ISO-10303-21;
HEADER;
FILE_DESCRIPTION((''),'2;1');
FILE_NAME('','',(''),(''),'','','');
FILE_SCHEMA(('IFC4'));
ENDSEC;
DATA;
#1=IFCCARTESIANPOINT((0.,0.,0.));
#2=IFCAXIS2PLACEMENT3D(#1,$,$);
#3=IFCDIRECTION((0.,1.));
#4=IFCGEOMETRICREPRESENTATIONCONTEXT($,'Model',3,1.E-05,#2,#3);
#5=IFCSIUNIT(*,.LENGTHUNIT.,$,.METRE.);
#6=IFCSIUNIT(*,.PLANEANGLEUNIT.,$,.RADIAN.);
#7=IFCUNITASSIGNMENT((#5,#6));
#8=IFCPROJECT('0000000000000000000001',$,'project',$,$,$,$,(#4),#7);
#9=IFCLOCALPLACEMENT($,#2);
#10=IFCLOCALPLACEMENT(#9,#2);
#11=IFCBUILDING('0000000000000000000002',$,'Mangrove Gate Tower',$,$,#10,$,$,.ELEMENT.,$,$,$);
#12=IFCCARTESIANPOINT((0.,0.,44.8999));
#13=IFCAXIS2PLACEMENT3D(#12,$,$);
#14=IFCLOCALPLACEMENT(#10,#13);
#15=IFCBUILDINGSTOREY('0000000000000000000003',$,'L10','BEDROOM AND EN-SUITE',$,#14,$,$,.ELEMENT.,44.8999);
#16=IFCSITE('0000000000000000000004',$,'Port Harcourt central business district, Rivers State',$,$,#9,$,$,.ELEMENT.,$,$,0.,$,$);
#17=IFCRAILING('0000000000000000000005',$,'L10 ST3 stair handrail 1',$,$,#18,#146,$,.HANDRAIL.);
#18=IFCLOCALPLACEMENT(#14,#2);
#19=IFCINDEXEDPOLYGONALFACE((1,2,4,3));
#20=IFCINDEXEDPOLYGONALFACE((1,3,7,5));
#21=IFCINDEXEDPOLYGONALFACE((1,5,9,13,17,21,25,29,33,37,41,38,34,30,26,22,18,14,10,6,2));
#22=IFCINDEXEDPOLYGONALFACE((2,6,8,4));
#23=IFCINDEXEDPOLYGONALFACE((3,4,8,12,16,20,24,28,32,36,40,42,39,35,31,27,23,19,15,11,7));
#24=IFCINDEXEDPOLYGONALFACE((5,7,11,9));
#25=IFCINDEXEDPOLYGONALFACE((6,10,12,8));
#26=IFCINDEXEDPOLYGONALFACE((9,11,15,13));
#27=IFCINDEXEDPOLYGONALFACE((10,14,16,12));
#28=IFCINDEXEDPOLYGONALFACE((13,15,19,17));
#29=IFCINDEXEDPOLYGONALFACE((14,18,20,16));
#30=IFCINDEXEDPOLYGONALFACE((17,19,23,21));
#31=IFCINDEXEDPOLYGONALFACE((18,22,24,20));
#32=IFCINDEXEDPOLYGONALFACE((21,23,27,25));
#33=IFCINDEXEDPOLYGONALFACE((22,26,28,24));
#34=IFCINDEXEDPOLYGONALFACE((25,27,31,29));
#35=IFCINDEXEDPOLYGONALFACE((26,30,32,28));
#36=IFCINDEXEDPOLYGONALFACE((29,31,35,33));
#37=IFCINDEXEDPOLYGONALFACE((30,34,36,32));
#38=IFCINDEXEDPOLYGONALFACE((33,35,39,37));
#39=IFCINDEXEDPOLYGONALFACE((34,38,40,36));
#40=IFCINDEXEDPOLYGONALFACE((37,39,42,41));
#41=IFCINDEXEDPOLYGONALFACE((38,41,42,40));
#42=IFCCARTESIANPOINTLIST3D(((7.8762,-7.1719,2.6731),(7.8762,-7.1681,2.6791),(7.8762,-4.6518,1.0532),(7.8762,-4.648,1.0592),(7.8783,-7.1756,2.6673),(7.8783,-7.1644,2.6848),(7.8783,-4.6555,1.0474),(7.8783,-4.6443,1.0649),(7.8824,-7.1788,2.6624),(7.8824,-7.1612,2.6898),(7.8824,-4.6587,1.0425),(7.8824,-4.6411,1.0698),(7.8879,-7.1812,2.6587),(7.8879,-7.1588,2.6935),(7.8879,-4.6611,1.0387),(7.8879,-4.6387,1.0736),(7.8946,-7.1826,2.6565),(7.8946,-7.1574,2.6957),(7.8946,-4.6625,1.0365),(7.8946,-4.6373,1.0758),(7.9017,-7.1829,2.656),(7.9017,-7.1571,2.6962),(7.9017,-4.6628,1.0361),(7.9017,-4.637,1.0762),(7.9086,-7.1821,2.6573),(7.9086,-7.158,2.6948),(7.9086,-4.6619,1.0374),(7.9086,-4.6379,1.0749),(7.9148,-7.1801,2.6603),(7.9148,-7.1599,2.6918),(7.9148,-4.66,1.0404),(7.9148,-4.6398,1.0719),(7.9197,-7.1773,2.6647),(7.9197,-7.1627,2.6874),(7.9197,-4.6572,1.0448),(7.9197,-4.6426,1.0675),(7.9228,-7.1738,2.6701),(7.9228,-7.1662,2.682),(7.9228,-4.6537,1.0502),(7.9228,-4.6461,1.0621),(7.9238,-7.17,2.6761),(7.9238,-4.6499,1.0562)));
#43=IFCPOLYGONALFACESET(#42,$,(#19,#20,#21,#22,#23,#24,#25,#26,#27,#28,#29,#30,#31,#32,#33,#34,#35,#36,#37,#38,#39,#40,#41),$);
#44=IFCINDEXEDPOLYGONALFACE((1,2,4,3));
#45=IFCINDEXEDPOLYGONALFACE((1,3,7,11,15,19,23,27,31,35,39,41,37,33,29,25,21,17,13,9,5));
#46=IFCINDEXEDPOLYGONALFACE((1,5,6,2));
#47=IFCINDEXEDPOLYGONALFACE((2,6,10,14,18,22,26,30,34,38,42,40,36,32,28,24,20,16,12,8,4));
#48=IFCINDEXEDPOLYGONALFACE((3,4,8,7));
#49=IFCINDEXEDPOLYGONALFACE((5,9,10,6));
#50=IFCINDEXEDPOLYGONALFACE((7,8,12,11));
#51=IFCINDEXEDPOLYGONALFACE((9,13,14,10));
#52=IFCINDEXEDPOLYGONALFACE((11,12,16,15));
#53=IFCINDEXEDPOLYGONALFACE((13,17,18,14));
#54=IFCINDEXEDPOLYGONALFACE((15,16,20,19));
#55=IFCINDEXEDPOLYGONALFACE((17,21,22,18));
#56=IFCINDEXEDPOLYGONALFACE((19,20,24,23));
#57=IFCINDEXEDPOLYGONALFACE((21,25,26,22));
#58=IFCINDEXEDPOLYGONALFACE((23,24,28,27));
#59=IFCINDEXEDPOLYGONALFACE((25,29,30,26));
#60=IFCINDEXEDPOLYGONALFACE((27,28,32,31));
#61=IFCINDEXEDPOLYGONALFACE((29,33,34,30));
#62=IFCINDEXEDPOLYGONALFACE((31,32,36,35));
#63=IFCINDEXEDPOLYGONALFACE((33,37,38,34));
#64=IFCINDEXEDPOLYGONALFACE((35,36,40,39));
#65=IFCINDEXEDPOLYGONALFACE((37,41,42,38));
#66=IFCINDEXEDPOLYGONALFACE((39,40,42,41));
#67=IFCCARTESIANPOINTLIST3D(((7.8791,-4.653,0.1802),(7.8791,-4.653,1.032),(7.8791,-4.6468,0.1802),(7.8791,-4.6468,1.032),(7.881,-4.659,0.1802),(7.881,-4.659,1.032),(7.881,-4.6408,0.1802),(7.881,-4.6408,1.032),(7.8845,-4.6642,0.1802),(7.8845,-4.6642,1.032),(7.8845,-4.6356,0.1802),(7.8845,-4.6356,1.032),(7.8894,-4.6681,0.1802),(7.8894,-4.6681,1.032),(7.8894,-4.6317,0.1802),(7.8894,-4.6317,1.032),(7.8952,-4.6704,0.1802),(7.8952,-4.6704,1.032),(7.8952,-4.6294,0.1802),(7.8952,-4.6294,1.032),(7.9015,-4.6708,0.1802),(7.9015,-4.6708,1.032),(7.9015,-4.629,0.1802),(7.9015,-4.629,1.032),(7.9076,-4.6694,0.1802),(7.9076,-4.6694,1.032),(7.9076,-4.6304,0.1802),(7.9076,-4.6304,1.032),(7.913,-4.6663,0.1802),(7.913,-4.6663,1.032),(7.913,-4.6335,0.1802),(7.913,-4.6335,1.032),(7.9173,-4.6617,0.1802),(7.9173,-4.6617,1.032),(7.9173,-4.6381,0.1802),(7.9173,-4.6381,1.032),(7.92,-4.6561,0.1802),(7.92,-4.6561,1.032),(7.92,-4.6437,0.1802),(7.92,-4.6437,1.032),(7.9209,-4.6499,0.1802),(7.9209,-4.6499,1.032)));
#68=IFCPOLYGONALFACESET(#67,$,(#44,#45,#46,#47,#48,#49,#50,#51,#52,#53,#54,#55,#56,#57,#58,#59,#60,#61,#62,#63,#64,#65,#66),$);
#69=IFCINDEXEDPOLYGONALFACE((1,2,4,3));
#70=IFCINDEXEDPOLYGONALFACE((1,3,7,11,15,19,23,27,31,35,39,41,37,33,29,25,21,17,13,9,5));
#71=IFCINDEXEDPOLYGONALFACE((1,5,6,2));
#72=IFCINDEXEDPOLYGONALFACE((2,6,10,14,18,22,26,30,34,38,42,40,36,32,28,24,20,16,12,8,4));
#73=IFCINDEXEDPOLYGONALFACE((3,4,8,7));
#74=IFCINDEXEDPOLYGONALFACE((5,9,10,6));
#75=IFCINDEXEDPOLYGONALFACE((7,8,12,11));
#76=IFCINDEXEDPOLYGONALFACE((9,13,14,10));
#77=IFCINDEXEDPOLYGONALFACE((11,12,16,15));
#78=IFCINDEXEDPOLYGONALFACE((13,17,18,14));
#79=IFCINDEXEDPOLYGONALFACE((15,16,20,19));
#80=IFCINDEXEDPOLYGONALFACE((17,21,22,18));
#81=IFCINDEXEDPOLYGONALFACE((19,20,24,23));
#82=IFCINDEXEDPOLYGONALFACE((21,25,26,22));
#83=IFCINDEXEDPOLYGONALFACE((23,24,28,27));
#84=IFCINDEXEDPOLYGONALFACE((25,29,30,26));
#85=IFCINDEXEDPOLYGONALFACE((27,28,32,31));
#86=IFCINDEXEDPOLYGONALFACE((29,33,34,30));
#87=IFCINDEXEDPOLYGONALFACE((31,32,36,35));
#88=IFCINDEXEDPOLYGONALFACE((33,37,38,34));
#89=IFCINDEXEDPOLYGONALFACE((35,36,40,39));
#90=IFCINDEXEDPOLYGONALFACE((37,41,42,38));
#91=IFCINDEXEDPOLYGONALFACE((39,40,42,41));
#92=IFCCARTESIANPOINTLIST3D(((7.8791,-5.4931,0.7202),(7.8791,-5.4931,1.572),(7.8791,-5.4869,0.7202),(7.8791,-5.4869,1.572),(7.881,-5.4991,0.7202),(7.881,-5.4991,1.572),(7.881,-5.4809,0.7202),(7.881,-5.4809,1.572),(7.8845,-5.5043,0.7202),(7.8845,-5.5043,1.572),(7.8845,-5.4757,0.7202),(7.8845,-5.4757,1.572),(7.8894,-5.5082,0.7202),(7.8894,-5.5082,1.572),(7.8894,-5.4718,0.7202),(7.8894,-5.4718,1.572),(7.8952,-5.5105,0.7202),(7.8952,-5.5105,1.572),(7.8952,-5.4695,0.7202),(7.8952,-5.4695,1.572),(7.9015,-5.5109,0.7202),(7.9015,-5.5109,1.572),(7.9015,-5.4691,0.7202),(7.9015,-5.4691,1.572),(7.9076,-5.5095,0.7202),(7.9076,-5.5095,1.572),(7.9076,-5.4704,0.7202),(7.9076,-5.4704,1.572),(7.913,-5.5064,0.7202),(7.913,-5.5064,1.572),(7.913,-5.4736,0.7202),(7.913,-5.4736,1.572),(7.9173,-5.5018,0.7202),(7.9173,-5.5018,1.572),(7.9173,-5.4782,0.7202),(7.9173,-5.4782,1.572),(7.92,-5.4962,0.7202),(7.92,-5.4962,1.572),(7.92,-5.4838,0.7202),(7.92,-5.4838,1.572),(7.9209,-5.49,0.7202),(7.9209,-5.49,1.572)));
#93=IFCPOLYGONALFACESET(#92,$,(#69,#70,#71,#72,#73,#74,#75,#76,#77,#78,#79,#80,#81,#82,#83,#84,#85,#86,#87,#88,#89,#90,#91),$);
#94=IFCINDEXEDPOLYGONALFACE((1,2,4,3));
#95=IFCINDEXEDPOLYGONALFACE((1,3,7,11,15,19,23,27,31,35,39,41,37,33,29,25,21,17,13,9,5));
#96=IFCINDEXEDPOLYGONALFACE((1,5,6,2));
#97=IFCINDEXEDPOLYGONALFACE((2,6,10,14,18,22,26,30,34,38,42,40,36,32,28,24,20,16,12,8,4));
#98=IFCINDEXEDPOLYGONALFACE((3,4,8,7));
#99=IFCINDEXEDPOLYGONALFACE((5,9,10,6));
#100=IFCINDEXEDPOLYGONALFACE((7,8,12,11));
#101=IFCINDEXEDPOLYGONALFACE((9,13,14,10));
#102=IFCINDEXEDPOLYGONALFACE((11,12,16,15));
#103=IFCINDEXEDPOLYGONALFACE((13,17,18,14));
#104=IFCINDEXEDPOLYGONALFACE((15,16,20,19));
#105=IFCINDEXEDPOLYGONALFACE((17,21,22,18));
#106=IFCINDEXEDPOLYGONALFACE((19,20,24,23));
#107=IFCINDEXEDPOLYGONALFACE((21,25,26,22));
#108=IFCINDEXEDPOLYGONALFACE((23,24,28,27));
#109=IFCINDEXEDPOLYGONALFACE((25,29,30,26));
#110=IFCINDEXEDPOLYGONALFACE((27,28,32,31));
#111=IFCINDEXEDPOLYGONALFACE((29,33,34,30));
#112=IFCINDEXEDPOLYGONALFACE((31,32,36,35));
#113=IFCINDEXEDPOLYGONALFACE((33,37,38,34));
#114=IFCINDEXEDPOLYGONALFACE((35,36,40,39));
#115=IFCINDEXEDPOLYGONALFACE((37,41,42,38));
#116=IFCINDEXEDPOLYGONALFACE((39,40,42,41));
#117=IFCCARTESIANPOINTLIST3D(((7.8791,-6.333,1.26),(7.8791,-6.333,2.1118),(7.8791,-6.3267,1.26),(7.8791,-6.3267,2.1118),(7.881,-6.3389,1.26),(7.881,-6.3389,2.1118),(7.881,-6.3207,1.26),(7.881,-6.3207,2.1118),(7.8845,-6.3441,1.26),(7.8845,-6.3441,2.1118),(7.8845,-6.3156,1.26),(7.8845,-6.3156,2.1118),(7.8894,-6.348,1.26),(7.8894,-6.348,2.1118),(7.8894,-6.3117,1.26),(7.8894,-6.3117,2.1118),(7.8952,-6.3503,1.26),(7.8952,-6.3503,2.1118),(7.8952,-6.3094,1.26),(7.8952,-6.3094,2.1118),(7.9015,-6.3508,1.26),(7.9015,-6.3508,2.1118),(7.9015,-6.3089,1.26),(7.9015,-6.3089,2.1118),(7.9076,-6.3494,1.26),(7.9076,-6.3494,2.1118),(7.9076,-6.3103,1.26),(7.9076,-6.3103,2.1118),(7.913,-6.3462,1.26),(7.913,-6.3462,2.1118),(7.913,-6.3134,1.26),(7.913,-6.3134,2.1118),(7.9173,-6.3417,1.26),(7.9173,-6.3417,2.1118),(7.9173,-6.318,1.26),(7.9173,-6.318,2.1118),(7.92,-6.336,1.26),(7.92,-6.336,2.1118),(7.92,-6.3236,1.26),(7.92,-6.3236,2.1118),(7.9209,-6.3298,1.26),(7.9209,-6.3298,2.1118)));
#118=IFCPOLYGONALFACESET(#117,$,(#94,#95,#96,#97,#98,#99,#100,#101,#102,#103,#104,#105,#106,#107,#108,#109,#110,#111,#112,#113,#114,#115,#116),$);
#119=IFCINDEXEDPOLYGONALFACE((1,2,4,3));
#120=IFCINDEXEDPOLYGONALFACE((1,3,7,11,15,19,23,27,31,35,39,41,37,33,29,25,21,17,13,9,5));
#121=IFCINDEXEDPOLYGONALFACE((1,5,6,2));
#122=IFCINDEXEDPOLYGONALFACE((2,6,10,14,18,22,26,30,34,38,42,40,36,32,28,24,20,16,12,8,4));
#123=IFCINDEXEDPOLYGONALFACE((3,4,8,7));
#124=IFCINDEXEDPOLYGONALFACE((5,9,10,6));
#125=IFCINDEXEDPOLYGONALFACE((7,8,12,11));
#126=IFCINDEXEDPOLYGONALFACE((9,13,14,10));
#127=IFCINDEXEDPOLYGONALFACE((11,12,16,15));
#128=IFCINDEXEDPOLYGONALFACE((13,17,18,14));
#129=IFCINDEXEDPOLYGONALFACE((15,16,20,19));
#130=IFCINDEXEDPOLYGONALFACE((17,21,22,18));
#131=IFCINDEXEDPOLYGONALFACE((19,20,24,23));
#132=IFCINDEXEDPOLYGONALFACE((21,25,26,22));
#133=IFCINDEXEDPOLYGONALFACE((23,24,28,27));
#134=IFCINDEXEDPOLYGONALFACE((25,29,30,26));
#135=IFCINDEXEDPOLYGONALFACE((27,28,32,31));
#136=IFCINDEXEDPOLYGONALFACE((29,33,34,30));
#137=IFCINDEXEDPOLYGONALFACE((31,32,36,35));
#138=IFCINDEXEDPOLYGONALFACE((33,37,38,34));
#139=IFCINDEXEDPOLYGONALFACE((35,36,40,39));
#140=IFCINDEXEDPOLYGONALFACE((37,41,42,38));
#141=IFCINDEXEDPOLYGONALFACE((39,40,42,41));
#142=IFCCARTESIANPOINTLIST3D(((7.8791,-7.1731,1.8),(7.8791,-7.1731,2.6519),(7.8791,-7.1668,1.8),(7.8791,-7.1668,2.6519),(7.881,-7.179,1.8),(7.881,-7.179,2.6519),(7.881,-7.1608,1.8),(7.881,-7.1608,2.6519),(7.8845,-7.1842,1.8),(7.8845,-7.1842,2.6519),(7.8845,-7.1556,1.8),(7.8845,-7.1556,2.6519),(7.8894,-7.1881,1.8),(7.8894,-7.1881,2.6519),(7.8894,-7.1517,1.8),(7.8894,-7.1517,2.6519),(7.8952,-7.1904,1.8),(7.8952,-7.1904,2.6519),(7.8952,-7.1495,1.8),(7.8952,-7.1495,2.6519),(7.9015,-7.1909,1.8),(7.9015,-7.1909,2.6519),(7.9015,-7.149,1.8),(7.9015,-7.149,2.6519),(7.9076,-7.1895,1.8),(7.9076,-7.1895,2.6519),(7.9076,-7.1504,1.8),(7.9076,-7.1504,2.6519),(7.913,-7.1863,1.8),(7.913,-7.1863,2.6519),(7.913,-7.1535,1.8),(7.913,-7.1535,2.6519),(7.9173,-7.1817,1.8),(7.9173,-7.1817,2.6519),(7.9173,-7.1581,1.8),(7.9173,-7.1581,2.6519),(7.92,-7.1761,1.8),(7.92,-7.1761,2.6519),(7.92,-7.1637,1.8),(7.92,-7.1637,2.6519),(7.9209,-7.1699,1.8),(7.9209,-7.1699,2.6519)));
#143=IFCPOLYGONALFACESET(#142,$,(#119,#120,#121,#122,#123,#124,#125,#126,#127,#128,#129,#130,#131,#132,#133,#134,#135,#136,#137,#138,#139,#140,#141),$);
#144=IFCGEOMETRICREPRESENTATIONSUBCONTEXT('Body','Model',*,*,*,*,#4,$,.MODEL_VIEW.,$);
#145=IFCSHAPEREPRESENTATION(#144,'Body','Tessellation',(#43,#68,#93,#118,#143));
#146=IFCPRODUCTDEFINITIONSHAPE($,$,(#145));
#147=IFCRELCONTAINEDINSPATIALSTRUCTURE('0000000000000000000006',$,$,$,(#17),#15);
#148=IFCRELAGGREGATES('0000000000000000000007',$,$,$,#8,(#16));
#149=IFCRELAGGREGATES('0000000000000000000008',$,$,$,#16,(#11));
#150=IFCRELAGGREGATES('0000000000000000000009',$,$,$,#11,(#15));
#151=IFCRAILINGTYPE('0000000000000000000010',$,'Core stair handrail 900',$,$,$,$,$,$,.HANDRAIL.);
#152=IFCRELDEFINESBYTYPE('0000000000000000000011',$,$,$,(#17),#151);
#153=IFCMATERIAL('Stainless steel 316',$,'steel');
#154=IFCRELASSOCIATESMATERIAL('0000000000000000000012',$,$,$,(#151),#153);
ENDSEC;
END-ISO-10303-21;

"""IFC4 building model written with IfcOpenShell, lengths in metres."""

from ifc_helpers import new_model, si_unit, direction, frame, origin, origin_2d, place, context, subcontext, project, spatial, circle, extrude, material, type_object, element, save


model = new_model("IFC4")

# Units and contexts
model_context = context("Model", 3, precision=1e-05, world=origin(), true_north=direction((0.0, 1.0)))
body_context = subcontext(model_context, "Body", "Model", "MODEL_VIEW")
ifc_project = project(units=[si_unit("LENGTHUNIT", "METRE"), si_unit("PLANEANGLEUNIT", "RADIAN")], contexts=[model_context])

# Site, building, storey
site_placement = place(None, origin())
site = spatial("IfcSite", under=ifc_project, at=site_placement, Name="Port Harcourt central business district, Rivers State", CompositionType="ELEMENT", RefElevation=0.0)
building_placement = place(site_placement, origin())
building = spatial("IfcBuilding", under=site, at=building_placement, Name="Mangrove Gate Tower", CompositionType="ELEMENT")
storey_placement = place(building_placement, frame((0.0, 0.0, 44.8999)))
storey = spatial("IfcBuildingStorey", under=building, at=storey_placement, Name="L10", Description="BEDROOM AND EN-SUITE", CompositionType="ELEMENT", Elevation=44.8999)

# Railing
ifc_material_1 = material(Name="Stainless steel 316", Category="steel")
railing_type_1 = type_object("IfcRailingType", Name="Core stair handrail 900", PredefinedType="HANDRAIL", material=ifc_material_1)
railing_1_placement = place(storey_placement, frame((7.8999, -4.6499, 0.1802)))
element("IfcRailing", 1, at=railing_1_placement, inside=storey, type_object=railing_type_1, Name="L10 ST3 stair handrail 1", PredefinedType="HANDRAIL", context=body_context, shape_type="SweptSolid", body=[
    extrude(circle(Radius=0.0239, at=origin_2d()), frame((0.0, 0.0, 0.876), z_axis=(0.0, -0.8412, 0.540725), x_axis=(1.0, 0.0, 0.0)), (0.0, 0.0, 1.0), 2.9958),
    extrude(circle(Radius=0.021, at=origin_2d()), origin(), (0.0, 0.0, 1.0), 0.8518),
    extrude(circle(Radius=0.021, at=origin_2d()), frame((0.0, -0.8401, 0.54)), (0.0, 0.0, 1.0), 0.8518),
    extrude(circle(Radius=0.021, at=origin_2d()), frame((0.0, -1.6799, 1.0798)), (0.0, 0.0, 1.0), 0.8518),
    extrude(circle(Radius=0.021, at=origin_2d()), frame((0.0, -2.52, 1.6199)), (0.0, 0.0, 1.0), 0.8518),
])

save(model, "model.ifc")
